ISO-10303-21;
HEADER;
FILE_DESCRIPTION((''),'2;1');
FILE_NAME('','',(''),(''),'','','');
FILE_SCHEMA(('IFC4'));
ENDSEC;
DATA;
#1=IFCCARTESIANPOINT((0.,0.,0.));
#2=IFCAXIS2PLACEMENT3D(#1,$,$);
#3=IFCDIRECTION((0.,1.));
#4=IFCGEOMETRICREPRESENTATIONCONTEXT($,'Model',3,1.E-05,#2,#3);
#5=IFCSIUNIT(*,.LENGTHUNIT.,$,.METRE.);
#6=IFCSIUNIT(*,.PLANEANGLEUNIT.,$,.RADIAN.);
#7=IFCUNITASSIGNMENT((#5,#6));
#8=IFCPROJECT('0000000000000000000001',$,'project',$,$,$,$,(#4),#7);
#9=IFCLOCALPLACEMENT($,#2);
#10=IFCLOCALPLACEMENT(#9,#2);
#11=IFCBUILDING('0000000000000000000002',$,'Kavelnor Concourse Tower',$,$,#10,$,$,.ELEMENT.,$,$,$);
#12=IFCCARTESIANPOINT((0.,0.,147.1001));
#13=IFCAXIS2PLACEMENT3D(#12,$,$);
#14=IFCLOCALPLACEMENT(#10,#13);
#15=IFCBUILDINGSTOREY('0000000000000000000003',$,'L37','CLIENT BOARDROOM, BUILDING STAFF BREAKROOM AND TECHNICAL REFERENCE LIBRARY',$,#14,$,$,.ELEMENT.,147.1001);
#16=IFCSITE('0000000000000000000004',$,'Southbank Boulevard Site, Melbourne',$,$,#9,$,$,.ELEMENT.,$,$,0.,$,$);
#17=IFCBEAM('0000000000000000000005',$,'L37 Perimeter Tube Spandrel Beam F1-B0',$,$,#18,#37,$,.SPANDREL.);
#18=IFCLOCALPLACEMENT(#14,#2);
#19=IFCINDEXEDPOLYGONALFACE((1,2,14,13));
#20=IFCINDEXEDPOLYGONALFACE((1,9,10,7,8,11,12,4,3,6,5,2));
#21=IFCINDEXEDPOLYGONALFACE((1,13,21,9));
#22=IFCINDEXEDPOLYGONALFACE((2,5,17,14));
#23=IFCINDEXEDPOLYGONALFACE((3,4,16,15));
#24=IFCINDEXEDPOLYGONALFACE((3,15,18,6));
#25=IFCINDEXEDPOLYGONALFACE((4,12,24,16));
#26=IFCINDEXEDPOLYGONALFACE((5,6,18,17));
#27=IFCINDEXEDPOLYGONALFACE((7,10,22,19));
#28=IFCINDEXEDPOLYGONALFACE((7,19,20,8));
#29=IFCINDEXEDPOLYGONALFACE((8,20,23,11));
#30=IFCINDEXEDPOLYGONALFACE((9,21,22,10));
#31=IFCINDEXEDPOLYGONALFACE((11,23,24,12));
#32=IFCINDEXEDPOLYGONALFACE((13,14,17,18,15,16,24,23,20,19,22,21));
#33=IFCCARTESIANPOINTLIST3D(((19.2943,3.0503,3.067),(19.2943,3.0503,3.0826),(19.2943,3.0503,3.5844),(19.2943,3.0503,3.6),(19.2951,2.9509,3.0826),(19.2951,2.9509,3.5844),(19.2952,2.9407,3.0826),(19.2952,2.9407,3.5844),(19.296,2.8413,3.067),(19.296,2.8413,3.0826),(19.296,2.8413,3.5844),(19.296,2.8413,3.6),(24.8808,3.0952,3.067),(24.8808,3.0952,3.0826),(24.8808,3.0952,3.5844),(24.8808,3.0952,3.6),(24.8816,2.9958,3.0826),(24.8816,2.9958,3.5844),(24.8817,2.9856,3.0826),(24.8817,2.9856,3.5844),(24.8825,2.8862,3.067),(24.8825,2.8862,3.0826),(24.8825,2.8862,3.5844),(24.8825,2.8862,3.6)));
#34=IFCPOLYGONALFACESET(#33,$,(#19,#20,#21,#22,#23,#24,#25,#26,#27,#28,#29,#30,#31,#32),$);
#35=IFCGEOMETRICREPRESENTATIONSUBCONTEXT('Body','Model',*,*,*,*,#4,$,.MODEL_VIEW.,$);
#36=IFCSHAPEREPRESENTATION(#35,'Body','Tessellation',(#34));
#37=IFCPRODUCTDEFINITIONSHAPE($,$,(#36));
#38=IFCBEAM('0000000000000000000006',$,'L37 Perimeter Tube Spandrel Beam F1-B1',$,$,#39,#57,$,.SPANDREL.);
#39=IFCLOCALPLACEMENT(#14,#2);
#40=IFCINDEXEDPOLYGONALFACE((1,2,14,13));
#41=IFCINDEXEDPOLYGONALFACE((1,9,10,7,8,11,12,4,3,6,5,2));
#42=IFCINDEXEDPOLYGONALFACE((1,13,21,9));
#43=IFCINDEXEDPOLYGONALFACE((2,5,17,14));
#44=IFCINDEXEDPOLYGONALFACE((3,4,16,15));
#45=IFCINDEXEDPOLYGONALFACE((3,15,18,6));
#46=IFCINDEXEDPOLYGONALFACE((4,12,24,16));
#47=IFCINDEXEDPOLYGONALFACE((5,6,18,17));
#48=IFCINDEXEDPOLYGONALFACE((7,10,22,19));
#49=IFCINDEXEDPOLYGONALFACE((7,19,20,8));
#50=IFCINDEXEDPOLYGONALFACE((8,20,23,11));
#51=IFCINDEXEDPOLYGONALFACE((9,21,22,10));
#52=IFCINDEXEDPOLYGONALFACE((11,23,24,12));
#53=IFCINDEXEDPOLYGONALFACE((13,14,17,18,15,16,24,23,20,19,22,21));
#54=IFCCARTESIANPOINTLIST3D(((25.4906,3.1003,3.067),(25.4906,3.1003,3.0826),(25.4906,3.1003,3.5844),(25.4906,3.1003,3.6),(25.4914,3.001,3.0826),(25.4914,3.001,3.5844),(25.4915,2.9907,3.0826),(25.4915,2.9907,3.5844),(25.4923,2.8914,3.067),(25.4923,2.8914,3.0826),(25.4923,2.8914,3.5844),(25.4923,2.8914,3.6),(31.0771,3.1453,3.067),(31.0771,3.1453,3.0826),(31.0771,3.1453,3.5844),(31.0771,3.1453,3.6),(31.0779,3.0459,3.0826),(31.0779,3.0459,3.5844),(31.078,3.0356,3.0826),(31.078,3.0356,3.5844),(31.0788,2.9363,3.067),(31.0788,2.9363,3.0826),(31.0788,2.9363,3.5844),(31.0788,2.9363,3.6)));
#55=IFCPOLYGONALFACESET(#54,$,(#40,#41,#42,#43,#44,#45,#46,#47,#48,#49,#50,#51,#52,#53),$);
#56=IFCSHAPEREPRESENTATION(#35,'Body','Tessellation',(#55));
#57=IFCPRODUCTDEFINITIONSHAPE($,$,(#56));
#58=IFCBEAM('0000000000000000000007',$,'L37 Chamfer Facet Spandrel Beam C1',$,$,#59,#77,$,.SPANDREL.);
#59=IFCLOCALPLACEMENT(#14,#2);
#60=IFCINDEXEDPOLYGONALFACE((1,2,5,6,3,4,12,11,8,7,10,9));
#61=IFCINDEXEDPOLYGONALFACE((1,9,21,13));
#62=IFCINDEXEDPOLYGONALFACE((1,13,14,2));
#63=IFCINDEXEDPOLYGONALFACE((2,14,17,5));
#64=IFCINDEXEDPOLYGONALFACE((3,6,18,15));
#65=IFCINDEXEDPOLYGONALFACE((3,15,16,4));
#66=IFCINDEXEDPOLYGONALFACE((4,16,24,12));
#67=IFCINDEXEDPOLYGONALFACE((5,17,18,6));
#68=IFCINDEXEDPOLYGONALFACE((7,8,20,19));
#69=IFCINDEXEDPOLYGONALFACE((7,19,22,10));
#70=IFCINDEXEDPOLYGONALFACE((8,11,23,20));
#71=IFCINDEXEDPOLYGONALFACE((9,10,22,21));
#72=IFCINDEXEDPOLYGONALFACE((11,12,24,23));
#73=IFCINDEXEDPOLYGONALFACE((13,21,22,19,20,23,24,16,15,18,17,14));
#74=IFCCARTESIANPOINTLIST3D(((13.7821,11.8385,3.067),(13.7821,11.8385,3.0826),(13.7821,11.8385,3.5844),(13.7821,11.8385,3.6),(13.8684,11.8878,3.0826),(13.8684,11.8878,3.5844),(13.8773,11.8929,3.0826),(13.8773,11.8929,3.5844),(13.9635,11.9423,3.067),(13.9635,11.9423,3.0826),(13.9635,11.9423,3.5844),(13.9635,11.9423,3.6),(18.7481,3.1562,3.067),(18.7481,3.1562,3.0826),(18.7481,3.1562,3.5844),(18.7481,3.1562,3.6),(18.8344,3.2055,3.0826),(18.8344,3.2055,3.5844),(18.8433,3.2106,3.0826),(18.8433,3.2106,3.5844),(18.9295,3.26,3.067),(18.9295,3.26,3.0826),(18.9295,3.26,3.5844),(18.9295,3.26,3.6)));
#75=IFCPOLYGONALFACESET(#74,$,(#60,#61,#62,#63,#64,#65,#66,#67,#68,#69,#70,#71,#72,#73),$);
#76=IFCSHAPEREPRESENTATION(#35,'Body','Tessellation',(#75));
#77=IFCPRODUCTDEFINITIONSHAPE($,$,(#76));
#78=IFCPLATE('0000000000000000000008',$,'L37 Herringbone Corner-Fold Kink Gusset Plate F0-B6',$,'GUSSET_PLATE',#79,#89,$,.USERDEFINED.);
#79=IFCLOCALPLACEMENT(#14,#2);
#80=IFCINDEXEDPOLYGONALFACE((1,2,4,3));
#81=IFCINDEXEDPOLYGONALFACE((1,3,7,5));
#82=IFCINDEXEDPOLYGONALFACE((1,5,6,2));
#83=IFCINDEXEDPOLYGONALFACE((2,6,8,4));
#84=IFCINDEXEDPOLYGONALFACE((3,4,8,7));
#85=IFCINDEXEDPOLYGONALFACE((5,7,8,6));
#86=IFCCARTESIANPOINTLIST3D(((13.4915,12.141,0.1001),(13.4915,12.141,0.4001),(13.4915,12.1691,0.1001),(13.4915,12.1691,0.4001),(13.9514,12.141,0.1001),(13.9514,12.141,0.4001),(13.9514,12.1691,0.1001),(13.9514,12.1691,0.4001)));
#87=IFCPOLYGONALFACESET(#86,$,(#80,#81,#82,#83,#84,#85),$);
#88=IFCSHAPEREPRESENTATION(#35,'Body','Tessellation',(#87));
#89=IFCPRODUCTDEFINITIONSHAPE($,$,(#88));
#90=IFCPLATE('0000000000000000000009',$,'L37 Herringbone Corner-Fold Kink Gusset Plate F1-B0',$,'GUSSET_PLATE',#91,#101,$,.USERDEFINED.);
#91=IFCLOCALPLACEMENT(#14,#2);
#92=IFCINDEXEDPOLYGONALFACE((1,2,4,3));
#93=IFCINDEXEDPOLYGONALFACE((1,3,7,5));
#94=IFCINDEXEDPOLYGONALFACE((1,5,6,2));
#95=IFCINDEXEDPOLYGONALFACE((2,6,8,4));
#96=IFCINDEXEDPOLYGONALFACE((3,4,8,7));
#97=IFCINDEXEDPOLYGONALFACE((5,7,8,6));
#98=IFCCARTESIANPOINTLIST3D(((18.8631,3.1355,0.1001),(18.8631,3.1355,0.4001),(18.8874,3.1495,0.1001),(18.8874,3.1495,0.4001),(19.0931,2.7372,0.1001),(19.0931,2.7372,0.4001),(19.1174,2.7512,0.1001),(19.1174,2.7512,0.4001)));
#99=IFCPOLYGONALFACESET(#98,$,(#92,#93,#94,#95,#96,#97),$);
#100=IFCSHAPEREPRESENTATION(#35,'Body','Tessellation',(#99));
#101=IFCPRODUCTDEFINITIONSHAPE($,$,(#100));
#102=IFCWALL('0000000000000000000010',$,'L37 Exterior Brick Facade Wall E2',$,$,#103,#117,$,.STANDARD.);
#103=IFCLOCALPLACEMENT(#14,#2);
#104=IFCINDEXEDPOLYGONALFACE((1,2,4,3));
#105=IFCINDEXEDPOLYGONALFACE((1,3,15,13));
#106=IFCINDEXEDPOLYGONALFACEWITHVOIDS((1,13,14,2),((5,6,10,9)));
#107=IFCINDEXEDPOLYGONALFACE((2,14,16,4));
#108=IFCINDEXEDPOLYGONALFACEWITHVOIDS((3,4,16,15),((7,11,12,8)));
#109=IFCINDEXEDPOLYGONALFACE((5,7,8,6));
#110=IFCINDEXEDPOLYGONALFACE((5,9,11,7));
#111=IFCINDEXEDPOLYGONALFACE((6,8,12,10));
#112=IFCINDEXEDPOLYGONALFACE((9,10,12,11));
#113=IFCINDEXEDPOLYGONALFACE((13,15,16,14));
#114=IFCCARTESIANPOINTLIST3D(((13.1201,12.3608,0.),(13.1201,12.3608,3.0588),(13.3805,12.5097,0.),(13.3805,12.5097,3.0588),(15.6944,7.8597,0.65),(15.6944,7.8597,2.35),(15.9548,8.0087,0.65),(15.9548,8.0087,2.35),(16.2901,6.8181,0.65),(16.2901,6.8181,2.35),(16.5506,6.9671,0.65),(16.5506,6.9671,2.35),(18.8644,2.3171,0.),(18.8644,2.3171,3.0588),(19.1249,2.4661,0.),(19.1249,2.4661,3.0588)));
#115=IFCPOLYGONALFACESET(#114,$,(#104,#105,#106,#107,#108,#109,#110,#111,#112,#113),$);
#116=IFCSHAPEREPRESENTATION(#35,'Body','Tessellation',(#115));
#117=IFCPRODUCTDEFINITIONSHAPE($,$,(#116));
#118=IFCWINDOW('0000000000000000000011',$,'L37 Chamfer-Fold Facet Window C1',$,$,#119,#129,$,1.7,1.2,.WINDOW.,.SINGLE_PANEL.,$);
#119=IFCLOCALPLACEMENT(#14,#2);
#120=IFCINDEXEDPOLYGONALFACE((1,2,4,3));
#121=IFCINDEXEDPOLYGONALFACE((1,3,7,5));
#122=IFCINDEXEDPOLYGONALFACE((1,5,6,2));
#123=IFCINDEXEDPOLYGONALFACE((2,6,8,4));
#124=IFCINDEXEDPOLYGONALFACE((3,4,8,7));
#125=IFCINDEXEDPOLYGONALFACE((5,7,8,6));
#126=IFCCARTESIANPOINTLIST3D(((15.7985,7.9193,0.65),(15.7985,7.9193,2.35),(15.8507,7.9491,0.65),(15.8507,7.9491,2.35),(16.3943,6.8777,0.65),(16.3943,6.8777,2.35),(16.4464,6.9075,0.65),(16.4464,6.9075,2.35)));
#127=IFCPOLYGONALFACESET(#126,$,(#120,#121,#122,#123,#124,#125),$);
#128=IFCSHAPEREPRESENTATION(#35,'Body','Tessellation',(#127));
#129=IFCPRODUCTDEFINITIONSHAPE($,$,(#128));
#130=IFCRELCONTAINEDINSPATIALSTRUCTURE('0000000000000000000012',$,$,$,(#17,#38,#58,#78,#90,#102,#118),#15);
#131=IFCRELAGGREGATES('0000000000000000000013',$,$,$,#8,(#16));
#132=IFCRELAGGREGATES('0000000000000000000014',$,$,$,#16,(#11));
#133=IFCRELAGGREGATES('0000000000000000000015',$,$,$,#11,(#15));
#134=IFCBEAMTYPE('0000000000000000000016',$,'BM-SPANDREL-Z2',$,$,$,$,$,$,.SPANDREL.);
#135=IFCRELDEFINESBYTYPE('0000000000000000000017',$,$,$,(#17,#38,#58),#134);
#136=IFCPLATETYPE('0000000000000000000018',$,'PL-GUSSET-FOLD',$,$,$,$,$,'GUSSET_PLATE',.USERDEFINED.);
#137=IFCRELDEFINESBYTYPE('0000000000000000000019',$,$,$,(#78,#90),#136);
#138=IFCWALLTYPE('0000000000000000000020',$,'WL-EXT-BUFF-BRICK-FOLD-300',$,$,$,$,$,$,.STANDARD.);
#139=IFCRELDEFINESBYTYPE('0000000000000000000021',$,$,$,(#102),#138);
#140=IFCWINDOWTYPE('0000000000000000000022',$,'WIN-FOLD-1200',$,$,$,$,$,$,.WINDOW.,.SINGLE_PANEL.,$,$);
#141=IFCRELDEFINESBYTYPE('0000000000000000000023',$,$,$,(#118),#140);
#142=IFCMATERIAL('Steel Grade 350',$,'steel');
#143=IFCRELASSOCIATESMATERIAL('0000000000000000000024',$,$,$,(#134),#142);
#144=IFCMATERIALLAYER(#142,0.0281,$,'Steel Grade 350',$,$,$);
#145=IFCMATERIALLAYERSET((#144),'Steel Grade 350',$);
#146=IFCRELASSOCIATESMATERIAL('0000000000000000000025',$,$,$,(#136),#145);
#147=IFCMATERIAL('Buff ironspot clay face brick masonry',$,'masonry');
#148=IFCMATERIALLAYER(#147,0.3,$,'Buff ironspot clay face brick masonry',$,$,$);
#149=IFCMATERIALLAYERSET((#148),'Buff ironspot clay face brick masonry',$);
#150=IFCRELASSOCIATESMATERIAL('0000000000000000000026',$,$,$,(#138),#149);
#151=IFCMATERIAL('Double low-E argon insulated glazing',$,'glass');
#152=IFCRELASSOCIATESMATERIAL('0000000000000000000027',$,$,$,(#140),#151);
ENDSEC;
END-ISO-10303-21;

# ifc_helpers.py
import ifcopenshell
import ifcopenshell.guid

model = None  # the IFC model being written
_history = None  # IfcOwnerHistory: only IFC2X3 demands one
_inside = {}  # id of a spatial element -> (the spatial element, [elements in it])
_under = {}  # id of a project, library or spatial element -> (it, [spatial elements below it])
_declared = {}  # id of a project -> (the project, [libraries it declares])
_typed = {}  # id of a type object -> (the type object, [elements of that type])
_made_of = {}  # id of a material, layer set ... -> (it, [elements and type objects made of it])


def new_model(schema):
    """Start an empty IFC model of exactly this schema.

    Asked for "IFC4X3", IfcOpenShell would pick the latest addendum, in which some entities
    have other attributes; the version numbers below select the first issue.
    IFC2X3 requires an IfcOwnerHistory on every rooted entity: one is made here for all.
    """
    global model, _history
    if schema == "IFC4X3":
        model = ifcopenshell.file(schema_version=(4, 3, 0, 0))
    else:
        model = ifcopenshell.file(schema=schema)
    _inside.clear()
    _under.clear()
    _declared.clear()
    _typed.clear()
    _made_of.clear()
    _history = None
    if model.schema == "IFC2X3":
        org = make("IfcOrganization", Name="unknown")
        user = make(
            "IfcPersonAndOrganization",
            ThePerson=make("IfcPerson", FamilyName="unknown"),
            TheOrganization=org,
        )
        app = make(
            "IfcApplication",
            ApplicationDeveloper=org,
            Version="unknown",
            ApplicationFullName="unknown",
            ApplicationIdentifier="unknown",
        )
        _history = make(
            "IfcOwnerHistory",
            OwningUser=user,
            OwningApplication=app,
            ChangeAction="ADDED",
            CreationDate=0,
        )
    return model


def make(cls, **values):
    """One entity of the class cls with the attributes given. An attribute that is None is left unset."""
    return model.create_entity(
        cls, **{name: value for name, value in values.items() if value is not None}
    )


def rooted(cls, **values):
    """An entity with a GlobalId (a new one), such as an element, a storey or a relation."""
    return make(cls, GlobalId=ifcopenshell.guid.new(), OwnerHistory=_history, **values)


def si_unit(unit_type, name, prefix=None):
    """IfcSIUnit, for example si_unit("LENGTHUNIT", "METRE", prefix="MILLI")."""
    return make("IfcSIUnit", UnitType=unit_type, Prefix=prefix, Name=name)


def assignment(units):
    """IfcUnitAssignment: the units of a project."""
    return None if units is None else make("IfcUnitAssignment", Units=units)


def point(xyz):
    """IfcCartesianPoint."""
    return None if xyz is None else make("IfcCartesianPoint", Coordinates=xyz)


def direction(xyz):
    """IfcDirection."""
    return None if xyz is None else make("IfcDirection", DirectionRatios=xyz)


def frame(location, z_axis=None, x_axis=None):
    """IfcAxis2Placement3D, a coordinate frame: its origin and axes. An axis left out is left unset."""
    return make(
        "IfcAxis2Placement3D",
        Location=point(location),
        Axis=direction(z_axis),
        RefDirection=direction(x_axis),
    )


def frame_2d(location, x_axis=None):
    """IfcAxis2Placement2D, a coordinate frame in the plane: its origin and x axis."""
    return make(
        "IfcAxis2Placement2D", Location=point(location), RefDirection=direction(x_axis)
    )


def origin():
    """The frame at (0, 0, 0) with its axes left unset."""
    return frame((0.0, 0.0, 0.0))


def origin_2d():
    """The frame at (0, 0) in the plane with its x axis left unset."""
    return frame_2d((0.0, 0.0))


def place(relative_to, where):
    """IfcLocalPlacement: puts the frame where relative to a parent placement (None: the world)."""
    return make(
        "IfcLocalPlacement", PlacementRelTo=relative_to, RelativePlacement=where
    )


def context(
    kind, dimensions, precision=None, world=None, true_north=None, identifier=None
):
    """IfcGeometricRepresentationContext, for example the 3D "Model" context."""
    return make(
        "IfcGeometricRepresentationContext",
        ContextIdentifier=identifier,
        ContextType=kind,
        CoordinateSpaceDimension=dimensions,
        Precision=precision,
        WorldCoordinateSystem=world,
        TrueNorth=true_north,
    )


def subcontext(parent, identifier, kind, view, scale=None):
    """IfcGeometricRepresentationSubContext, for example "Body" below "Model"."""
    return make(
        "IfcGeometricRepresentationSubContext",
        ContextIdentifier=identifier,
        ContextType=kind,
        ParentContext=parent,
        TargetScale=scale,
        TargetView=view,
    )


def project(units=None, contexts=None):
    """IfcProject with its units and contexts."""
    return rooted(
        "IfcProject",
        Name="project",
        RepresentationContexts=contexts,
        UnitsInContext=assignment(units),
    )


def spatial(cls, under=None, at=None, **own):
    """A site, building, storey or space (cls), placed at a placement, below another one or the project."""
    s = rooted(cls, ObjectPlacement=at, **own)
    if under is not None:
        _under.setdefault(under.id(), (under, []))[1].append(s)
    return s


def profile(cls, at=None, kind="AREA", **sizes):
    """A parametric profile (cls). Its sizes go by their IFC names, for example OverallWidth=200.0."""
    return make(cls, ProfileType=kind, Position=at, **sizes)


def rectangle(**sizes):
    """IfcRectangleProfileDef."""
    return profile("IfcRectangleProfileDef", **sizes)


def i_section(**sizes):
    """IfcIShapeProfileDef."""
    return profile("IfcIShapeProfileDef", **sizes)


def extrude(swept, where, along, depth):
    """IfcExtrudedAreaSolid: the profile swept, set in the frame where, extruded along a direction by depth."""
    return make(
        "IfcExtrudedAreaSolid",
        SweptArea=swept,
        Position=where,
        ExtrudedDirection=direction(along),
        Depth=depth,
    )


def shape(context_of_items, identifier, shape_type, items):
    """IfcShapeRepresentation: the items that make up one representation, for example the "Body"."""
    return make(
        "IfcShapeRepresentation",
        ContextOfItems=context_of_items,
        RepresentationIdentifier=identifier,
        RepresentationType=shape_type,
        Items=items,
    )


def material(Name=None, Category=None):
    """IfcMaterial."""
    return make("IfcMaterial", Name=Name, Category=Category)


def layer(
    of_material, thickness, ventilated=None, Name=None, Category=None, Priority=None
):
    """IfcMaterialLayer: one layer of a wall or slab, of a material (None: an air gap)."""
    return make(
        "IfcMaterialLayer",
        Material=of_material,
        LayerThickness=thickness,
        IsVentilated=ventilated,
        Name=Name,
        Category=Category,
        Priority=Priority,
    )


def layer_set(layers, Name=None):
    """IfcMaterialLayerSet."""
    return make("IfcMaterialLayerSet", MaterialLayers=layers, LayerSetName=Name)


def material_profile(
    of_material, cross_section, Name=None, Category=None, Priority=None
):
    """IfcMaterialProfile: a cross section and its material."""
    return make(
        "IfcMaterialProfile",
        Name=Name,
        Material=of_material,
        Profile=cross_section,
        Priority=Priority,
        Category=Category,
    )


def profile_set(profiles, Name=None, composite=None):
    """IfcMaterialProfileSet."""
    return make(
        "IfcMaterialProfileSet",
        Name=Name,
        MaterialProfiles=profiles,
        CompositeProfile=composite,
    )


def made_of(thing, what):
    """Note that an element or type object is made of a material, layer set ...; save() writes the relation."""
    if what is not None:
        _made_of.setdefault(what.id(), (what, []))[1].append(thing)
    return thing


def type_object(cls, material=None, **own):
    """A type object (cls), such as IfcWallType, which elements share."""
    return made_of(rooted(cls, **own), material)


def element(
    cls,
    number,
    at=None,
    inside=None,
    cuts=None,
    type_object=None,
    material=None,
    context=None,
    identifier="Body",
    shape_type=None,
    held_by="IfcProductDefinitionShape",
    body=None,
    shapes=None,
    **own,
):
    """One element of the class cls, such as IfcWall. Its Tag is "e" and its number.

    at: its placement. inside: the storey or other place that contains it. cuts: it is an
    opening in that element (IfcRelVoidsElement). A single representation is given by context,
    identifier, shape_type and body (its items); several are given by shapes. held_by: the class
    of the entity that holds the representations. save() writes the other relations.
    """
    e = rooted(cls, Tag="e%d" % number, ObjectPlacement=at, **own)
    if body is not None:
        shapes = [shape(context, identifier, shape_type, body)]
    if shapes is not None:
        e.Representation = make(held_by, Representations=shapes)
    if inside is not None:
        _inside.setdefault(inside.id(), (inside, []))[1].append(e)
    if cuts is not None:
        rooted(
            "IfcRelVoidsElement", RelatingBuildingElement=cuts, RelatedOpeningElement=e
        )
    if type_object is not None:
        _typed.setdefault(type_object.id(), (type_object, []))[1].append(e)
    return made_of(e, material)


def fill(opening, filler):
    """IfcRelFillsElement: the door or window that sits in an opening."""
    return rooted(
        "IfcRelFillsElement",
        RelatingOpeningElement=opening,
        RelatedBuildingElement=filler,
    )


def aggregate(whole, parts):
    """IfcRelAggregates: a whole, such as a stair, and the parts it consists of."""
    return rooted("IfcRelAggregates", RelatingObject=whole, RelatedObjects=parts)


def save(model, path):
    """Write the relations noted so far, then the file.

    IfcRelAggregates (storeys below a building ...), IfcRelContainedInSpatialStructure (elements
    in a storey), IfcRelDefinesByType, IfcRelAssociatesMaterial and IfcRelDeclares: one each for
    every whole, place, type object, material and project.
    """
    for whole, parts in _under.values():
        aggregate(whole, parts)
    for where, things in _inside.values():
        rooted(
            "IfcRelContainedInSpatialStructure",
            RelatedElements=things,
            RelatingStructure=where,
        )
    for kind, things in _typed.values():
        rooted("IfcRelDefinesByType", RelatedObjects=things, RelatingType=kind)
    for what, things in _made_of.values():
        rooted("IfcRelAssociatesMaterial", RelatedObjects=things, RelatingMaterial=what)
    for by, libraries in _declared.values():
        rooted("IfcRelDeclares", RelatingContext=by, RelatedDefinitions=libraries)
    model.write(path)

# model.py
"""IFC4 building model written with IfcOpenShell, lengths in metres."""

from ifc_helpers import new_model, si_unit, direction, frame, frame_2d, origin, origin_2d, place, context, subcontext, project, spatial, rectangle, i_section, extrude, material, layer, layer_set, material_profile, profile_set, type_object, element, fill, save


model = new_model("IFC4")

# Units and contexts
model_context = context("Model", 3, precision=1e-05, world=origin(), true_north=direction((0.0, 1.0)))
body_context = subcontext(model_context, "Body", "Model", "MODEL_VIEW")
ifc_project = project(units=[si_unit("LENGTHUNIT", "METRE"), si_unit("PLANEANGLEUNIT", "RADIAN")], contexts=[model_context])

# Site, building, storey
site_placement = place(None, origin())
site = spatial("IfcSite", under=ifc_project, at=site_placement, Name="Southbank Boulevard Site, Melbourne", CompositionType="ELEMENT", RefElevation=0.0)
building_placement = place(site_placement, origin())
building = spatial("IfcBuilding", under=site, at=building_placement, Name="Kavelnor Concourse Tower", CompositionType="ELEMENT")
storey_placement = place(building_placement, frame((0.0, 0.0, 147.1001)))
storey = spatial("IfcBuildingStorey", under=building, at=storey_placement, Name="L37", Description="CLIENT BOARDROOM, BUILDING STAFF BREAKROOM AND TECHNICAL REFERENCE LIBRARY", CompositionType="ELEMENT", Elevation=147.1001)

# Shared definitions
ifc_material_1 = material(Name="Steel Grade 350", Category="steel")

# Beams
ifc_material_profile_1 = material_profile(ifc_material_1, i_section(OverallWidth=0.209, OverallDepth=0.533, WebThickness=0.0103, FlangeThickness=0.0156, at=origin_2d()), Name="530UB92")
ifc_profile_set_1 = profile_set([ifc_material_profile_1], Name="Steel Grade 350")
beam_type_1 = type_object("IfcBeamType", Name="BM-SPANDREL-Z2", PredefinedType="SPANDREL", material=ifc_profile_set_1)
for number, where, z_axis, x_axis, name in (
    (1, (19.2952, 2.9458, 3.3335), (0.999968, 0.008041, 0.0), (-0.008041, 0.999968, 0.0), "L37 Perimeter Tube Spandrel Beam F1-B0"),
    (2, (25.4915, 2.9958, 3.3335), (0.999968, 0.008041, 0.0), (-0.008041, 0.999968, 0.0), "L37 Perimeter Tube Spandrel Beam F1-B1"),
):
    element("IfcBeam", number, at=place(storey_placement, frame(where, z_axis=z_axis, x_axis=x_axis)), inside=storey, type_object=beam_type_1, Name=name, PredefinedType="SPANDREL", context=body_context, shape_type="SweptSolid", body=[
        extrude(i_section(OverallWidth=0.209, OverallDepth=0.533, WebThickness=0.0103, FlangeThickness=0.0156, at=origin_2d()), origin(), (0.0, 0.0, 1.0), 5.5867),
    ])
beam_1_placement = place(storey_placement, frame((13.8728, 11.8904, 3.3335), z_axis=(0.496494, -0.86804, 0.0), x_axis=(0.86804, 0.496494, 0.0)))
element("IfcBeam", 3, at=beam_1_placement, inside=storey, type_object=beam_type_1, Name="L37 Chamfer Facet Spandrel Beam C1", PredefinedType="SPANDREL", context=body_context, shape_type="SweptSolid", body=[
    extrude(i_section(OverallWidth=0.209, OverallDepth=0.533, WebThickness=0.0103, FlangeThickness=0.0156, at=origin_2d()), origin(), (0.0, 0.0, 1.0), 10.0022),
])

# Plates
ifc_layer_1 = layer(ifc_material_1, 0.0281, Name="Steel Grade 350")
ifc_layer_set_1 = layer_set([ifc_layer_1], Name="Steel Grade 350")
plate_type = type_object("IfcPlateType", Name="PL-GUSSET-FOLD", ElementType="GUSSET_PLATE", PredefinedType="USERDEFINED", material=ifc_layer_set_1)
for number, where, z_axis, x_axis, name in (
    (4, (13.7214, 12.155, 0.1001), (0.0, 0.0, 1.0), (1.0, 0.0, 0.0), "L37 Herringbone Corner-Fold Kink Gusset Plate F0-B6"),
    (5, (18.9902, 2.9434, 0.1001), (0.0, 0.0, 1.0), (-0.5, 0.866025, 0.0), "L37 Herringbone Corner-Fold Kink Gusset Plate F1-B0"),
):
    element("IfcPlate", number, at=place(storey_placement, frame(where, z_axis=z_axis, x_axis=x_axis)), inside=storey, type_object=plate_type, Name=name, ObjectType="GUSSET_PLATE", PredefinedType="USERDEFINED", context=body_context, shape_type="SweptSolid", body=[
        extrude(rectangle(XDim=0.46, YDim=0.0281, at=origin_2d()), origin(), (0.0, 0.0, 1.0), 0.3),
    ])

# Wall, opening, window
ifc_material_2 = material(Name="Buff ironspot clay face brick masonry", Category="masonry")
ifc_layer_2 = layer(ifc_material_2, 0.3, Name="Buff ironspot clay face brick masonry")
ifc_layer_set_2 = layer_set([ifc_layer_2], Name="Buff ironspot clay face brick masonry")
wall_type_1 = type_object("IfcWallType", Name="WL-EXT-BUFF-BRICK-FOLD-300", PredefinedType="STANDARD", material=ifc_layer_set_2)
wall_1_placement = place(storey_placement, frame((18.9946, 2.3916, 0.0), z_axis=(0.0, 0.0, 1.0), x_axis=(-0.496473, 0.868052, 0.0)))
wall_1 = element("IfcWall", 6, at=wall_1_placement, inside=storey, type_object=wall_type_1, Name="L37 Exterior Brick Facade Wall E2", PredefinedType="STANDARD", context=body_context, shape_type="SweptSolid", body=[
    extrude(rectangle(XDim=11.5703, YDim=0.3, at=frame_2d((5.7852, 0.0))), origin(), (0.0, 0.0, 1.0), 3.0588),
])
opening_1_placement = place(wall_1_placement, frame((5.1851, 0.0, 0.6499)))
opening_1 = element("IfcOpeningElement", 7, at=opening_1_placement, cuts=wall_1, PredefinedType="OPENING", context=body_context, shape_type="SweptSolid", body=[
    extrude(rectangle(XDim=1.2, YDim=1.7, at=frame_2d((0.6001, 0.8501))), frame((0.0, 0.1602, 0.0), z_axis=(0.0, -1.0, 0.0), x_axis=(1.0, 0.0, 0.0)), (0.0, 0.0, 1.0), 0.3201),
])
ifc_material_3 = material(Name="Double low-E argon insulated glazing", Category="glass")
window_type = type_object("IfcWindowType", Name="WIN-FOLD-1200", PartitioningType="SINGLE_PANEL", PredefinedType="WINDOW", material=ifc_material_3)
window_placement = place(opening_1_placement, origin())
window = element("IfcWindow", 8, at=window_placement, inside=storey, type_object=window_type, Name="L37 Chamfer-Fold Facet Window C1", OverallHeight=1.7, OverallWidth=1.2, PartitioningType="SINGLE_PANEL", PredefinedType="WINDOW", context=body_context, shape_type="SweptSolid", body=[
    extrude(rectangle(XDim=1.2, YDim=1.7, at=frame_2d((0.6001, 0.8501))), frame((0.0, 0.03, 0.0), z_axis=(0.0, -1.0, 0.0), x_axis=(1.0, 0.0, 0.0)), (0.0, 0.0, 1.0), 0.0601),
])
fill(opening_1, window)

save(model, "model.ifc")
